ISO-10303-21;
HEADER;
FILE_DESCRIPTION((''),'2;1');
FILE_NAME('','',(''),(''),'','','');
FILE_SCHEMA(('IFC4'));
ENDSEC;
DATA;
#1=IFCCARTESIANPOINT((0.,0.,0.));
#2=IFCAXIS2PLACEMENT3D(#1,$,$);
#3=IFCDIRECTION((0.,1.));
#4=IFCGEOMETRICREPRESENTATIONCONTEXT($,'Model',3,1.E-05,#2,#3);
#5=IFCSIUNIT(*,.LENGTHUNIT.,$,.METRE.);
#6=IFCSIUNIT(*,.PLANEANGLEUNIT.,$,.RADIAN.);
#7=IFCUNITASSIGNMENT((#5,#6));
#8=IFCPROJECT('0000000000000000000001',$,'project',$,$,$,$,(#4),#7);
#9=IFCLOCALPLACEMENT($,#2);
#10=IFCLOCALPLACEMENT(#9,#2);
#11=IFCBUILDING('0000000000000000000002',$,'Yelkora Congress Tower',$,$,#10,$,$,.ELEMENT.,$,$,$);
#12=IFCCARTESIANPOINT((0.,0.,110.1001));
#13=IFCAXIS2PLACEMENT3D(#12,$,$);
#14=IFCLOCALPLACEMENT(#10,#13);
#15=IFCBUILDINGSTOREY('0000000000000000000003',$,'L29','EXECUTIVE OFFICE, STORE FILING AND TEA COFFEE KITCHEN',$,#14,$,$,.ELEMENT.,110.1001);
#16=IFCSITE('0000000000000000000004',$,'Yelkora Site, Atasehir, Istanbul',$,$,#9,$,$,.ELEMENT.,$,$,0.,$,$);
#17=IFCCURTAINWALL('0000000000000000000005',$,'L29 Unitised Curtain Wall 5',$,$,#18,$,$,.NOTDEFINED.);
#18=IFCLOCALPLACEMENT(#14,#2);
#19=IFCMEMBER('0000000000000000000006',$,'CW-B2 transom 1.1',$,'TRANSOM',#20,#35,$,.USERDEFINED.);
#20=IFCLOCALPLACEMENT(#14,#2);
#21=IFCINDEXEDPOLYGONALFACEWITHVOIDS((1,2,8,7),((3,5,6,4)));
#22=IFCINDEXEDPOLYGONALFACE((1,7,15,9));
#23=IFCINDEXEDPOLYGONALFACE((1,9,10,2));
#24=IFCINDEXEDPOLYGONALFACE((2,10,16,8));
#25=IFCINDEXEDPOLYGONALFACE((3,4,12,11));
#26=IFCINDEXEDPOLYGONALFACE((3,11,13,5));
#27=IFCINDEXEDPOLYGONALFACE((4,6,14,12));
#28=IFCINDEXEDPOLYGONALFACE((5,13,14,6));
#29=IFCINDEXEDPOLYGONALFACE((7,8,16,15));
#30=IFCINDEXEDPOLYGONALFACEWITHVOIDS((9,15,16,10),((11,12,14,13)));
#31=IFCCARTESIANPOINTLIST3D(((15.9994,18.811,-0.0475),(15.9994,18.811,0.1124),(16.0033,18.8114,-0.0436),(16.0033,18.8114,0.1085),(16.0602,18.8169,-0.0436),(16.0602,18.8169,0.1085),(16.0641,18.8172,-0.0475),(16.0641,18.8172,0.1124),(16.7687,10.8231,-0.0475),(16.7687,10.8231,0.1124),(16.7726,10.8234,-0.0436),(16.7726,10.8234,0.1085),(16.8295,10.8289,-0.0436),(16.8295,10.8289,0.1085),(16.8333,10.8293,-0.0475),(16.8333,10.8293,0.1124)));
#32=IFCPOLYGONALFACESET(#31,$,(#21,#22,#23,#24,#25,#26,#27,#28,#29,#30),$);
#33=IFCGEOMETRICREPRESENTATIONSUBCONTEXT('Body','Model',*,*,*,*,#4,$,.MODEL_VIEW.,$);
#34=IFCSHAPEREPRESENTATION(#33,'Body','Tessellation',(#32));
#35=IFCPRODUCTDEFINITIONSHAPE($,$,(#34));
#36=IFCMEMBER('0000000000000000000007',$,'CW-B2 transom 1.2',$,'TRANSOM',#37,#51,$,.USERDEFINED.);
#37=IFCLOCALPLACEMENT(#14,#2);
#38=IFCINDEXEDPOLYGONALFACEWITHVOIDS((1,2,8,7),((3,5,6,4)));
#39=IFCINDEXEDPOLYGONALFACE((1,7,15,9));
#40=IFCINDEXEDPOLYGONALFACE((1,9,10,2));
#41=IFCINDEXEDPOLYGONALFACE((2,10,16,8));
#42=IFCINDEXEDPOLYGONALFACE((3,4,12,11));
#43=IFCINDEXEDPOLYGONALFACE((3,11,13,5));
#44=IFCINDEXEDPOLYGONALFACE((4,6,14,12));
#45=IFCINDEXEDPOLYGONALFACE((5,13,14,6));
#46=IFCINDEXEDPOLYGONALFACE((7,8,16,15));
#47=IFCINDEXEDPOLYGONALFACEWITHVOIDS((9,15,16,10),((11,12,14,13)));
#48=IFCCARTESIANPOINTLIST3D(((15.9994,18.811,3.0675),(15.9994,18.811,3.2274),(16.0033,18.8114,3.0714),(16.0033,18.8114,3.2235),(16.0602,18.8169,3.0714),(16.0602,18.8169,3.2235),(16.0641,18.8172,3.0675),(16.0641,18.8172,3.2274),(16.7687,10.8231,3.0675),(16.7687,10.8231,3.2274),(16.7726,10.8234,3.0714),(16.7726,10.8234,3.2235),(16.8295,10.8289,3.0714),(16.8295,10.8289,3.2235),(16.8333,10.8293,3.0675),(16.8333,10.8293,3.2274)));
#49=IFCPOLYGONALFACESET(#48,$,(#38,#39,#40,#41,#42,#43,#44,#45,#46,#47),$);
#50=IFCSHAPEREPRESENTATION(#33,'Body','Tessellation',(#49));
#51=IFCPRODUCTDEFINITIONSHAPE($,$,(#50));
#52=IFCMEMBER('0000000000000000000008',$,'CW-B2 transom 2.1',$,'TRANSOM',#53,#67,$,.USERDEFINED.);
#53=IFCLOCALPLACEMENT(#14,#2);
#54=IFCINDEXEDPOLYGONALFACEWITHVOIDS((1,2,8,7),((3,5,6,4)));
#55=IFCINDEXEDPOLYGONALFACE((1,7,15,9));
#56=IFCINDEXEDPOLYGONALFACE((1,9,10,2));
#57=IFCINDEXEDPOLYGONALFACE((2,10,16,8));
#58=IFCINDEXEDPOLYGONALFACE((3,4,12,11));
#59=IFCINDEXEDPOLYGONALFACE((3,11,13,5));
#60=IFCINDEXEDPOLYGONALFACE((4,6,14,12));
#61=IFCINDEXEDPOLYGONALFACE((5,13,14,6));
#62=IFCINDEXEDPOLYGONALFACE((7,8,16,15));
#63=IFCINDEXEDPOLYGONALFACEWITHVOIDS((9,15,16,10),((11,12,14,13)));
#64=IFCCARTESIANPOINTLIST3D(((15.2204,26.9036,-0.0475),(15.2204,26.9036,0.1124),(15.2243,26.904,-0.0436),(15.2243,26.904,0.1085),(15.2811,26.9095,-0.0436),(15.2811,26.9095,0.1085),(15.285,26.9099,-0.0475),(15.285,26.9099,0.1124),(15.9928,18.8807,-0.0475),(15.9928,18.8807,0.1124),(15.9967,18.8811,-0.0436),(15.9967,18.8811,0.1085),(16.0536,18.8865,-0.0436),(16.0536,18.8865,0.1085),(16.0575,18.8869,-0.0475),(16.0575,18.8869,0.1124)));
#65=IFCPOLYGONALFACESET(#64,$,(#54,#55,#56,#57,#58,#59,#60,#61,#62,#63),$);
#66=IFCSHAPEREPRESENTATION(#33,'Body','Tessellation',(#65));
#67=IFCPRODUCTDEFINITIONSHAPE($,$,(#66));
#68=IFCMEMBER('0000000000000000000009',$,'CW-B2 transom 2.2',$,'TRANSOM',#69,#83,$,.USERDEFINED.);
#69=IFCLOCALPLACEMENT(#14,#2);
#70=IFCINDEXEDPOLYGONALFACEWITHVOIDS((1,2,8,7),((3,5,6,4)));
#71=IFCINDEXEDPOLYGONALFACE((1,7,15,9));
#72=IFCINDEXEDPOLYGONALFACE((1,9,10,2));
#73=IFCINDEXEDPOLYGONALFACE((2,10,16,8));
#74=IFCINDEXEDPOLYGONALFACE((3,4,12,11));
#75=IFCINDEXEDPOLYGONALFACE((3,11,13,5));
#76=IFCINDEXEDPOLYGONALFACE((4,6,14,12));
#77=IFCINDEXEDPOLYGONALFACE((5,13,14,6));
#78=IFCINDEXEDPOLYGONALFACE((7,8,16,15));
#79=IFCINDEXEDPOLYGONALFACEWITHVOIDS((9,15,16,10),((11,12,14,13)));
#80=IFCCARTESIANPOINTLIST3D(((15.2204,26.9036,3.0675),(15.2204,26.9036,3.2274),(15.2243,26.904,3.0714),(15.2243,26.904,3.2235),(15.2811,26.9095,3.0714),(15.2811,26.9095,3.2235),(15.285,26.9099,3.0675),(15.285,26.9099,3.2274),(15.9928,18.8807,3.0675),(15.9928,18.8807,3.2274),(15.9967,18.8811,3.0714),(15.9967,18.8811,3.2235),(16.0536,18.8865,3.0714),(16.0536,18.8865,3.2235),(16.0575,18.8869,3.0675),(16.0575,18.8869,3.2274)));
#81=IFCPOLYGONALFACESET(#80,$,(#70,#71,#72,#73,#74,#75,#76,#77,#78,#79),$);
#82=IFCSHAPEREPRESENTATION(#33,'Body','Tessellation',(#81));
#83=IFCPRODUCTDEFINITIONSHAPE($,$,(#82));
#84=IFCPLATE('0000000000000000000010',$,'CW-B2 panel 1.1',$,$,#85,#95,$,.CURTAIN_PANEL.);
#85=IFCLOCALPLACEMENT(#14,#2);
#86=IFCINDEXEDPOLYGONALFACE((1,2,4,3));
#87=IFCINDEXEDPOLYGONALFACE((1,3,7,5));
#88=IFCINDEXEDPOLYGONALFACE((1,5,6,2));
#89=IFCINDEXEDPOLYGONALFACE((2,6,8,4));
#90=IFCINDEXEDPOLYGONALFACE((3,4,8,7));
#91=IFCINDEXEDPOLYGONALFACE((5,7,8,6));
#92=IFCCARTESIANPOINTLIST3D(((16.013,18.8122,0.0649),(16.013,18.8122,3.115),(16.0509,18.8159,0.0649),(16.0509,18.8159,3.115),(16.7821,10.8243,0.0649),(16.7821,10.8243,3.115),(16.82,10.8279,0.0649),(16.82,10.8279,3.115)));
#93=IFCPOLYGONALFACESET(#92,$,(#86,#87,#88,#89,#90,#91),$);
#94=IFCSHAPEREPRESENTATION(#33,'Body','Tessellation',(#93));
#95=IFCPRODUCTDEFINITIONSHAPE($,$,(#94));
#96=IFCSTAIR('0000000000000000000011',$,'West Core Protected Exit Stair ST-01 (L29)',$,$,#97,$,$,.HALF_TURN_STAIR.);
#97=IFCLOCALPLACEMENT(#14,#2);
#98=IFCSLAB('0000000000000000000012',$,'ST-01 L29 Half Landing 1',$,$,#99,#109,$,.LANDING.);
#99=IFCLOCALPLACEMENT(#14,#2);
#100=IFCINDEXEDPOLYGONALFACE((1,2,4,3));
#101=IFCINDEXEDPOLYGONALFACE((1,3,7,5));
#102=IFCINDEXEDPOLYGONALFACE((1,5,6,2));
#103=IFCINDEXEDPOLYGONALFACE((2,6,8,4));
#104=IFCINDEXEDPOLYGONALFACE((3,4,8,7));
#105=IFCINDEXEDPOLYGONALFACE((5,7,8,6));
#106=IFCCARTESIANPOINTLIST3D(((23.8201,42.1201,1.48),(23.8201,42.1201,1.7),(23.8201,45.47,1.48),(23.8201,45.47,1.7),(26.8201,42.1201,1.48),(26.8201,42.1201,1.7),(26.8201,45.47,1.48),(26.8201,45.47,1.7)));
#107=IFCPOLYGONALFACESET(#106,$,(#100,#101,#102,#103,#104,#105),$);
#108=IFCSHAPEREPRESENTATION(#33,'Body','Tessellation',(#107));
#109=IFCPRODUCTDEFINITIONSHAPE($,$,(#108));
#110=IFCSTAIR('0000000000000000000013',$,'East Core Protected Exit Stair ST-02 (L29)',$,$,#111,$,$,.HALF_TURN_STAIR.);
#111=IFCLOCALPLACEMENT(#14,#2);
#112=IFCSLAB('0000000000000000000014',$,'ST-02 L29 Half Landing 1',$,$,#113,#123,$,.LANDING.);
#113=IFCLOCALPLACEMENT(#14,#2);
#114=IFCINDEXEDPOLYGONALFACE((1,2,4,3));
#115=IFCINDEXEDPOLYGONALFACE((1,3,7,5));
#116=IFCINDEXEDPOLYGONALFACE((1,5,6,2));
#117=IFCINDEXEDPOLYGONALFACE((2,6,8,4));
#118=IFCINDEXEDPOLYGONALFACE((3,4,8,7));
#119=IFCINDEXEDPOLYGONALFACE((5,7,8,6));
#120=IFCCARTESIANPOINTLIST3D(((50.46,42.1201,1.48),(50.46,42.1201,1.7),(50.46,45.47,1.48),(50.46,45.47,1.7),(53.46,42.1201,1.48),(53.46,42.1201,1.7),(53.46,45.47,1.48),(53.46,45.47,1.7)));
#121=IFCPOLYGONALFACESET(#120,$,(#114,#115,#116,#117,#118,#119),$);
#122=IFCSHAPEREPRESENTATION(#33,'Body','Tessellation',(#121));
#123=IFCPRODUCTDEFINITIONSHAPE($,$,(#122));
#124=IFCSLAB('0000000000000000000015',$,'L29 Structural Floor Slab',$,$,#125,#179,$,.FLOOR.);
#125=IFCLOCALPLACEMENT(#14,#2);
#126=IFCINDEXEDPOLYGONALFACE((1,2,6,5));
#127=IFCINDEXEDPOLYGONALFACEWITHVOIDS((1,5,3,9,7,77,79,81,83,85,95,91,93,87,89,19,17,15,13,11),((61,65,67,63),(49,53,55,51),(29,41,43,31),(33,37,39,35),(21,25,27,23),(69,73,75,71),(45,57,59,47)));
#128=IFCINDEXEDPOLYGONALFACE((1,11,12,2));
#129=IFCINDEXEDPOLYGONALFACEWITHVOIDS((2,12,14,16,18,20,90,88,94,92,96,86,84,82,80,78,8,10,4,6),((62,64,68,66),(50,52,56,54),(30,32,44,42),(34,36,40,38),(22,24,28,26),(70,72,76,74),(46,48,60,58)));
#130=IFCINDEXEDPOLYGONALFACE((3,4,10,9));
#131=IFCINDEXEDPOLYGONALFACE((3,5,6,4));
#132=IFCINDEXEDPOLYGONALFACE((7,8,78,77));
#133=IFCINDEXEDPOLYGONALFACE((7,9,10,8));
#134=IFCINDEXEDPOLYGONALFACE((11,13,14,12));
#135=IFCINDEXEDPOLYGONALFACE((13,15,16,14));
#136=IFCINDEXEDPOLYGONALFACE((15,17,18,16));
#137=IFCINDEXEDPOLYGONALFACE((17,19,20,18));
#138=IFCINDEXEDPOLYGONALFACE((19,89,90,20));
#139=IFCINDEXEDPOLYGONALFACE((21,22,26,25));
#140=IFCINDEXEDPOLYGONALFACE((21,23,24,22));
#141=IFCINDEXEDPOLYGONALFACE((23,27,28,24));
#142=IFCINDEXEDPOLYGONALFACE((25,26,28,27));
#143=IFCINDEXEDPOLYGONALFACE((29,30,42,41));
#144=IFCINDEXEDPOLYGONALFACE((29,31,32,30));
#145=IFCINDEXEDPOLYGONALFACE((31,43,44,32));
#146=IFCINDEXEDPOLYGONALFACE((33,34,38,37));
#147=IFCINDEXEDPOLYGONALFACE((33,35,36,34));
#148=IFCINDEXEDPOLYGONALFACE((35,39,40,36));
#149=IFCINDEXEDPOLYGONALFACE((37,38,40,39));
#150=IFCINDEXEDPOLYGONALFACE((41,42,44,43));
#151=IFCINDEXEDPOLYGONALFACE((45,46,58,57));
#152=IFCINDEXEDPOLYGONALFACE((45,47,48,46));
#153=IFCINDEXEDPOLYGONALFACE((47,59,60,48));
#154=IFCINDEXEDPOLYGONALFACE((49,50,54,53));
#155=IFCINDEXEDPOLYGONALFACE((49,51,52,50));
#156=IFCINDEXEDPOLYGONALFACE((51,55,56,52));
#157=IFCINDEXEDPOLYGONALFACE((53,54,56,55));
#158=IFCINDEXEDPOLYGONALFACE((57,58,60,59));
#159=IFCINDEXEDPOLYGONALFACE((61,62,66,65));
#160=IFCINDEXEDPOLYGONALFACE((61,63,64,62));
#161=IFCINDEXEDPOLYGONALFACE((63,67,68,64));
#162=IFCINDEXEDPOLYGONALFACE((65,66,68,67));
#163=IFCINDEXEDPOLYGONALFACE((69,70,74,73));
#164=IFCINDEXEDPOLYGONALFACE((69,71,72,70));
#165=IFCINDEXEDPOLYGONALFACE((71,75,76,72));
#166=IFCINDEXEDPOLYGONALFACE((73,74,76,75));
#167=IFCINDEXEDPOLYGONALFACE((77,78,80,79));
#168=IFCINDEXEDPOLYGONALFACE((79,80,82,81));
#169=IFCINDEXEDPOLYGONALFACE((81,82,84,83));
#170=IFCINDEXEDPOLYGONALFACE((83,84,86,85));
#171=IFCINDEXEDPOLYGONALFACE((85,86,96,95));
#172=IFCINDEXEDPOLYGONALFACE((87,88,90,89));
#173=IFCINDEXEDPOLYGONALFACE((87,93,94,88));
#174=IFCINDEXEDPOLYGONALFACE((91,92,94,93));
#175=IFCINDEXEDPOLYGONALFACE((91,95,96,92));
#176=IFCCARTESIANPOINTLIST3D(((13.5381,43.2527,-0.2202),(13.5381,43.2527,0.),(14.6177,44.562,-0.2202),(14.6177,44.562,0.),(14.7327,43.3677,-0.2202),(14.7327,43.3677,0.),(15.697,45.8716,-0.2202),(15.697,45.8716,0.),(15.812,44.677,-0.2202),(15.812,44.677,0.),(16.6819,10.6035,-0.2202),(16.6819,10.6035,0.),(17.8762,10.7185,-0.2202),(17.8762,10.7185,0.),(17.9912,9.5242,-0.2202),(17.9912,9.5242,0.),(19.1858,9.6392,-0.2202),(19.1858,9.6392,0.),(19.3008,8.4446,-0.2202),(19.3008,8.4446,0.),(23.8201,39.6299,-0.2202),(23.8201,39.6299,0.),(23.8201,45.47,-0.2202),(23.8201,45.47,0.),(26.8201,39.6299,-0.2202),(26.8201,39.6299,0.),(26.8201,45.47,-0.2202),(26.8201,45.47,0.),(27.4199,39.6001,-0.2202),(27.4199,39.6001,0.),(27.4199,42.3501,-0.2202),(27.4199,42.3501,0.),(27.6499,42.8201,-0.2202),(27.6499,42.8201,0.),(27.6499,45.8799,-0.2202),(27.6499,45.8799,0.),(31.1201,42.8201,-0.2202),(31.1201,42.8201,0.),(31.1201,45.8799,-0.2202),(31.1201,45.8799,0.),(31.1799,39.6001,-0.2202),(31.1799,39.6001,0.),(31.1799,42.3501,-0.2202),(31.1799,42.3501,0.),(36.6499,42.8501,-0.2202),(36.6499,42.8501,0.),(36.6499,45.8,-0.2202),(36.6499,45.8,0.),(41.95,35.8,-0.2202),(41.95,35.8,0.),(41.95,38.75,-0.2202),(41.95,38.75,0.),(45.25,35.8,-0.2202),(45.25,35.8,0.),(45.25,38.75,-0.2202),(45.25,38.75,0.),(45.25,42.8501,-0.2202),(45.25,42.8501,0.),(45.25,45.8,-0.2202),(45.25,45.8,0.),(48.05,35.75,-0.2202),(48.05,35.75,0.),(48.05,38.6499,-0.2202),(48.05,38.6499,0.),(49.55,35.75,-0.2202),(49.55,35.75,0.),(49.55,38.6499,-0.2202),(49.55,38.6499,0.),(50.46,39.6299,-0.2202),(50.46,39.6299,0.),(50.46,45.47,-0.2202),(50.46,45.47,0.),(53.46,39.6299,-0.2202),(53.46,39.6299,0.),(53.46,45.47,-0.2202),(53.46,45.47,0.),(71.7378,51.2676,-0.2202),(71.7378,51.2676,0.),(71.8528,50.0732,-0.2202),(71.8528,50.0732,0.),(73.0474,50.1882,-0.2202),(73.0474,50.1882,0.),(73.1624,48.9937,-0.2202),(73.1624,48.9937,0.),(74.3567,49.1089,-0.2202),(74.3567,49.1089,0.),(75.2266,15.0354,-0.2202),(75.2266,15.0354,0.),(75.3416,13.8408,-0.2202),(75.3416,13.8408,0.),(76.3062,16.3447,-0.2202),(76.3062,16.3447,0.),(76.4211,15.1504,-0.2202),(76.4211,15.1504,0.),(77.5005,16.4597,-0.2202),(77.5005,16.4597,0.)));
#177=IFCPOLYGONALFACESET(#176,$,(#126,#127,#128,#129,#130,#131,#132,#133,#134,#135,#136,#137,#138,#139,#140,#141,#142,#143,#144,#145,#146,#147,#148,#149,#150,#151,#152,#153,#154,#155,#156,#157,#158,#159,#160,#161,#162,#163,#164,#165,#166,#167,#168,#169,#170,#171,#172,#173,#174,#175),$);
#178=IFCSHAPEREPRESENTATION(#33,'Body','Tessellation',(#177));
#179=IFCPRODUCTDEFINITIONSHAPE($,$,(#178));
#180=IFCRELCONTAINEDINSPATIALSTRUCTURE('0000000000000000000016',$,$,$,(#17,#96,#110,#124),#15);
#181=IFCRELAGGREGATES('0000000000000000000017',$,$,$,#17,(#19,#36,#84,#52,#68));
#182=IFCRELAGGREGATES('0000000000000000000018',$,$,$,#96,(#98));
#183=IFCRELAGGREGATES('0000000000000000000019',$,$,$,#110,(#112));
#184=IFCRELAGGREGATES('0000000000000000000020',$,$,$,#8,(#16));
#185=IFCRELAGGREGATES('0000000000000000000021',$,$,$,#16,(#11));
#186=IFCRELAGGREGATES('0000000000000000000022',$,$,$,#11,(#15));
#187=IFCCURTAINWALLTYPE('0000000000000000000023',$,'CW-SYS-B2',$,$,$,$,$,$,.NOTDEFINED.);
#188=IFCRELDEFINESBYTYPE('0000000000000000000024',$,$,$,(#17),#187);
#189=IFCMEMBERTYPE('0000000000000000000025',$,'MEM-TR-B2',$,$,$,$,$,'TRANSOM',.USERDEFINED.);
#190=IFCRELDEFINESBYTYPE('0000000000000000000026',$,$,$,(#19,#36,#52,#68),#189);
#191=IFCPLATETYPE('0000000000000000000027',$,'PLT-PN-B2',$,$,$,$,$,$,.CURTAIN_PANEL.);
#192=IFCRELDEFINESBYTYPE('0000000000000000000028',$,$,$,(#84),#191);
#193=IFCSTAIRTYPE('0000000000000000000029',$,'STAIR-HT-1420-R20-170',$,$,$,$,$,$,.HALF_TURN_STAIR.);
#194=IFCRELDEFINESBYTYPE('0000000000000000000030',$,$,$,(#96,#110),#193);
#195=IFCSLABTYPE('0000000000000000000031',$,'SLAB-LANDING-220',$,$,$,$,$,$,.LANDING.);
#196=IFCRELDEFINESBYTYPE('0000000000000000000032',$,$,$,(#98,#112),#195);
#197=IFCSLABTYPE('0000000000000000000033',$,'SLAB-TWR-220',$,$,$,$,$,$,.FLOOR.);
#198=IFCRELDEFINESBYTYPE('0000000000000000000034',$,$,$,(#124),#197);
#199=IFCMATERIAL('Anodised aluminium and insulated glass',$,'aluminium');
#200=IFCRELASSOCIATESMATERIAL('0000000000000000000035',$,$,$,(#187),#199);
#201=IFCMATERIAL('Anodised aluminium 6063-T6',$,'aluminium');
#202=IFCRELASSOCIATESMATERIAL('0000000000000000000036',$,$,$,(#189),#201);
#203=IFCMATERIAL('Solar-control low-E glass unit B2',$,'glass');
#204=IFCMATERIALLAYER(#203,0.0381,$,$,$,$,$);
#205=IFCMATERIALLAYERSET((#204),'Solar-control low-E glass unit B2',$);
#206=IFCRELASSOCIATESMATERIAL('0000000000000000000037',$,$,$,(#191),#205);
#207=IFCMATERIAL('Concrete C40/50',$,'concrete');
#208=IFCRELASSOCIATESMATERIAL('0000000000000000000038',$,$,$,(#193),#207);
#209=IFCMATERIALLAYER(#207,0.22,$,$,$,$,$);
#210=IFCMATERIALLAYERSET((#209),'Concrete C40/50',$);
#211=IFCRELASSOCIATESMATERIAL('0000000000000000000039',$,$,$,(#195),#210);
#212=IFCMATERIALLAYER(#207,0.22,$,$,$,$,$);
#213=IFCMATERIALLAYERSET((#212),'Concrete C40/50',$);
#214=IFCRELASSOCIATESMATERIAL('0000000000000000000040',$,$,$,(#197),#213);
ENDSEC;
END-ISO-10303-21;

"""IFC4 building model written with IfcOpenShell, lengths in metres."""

from ifc_helpers import new_model, si_unit, direction, frame, origin, origin_2d, place, context, subcontext, project, spatial, polyline, rectangle, hollow_rectangle, outline, extrude, material, layer, layer_set, material_profile, profile_set, type_object, element, aggregate, save


model = new_model("IFC4")

# Units and contexts
model_context = context("Model", 3, precision=1e-05, world=origin(), true_north=direction((0.0, 1.0)))
body_context = subcontext(model_context, "Body", "Model", "MODEL_VIEW")
ifc_project = project(units=[si_unit("LENGTHUNIT", "METRE"), si_unit("PLANEANGLEUNIT", "RADIAN")], contexts=[model_context])

# Site, building, storey
site_placement = place(None, origin())
site = spatial("IfcSite", under=ifc_project, at=site_placement, Name="Yelkora Site, Atasehir, Istanbul", CompositionType="ELEMENT", RefElevation=0.0)
building_placement = place(site_placement, origin())
building = spatial("IfcBuilding", under=site, at=building_placement, Name="Yelkora Congress Tower", CompositionType="ELEMENT")
storey_placement = place(building_placement, frame((0.0, 0.0, 110.1001)))
storey = spatial("IfcBuildingStorey", under=building, at=storey_placement, Name="L29", Description="EXECUTIVE OFFICE, STORE FILING AND TEA COFFEE KITCHEN", CompositionType="ELEMENT", Elevation=110.1001)

# Curtain wall
ifc_material_1 = material(Name="Anodised aluminium and insulated glass", Category="aluminium")
curtain_wall_type = type_object("IfcCurtainWallType", Name="CW-SYS-B2", PredefinedType="NOTDEFINED", material=ifc_material_1)
curtain_wall_1_placement = place(storey_placement, origin())
curtain_wall_1 = element("IfcCurtainWall", 1, at=curtain_wall_1_placement, inside=storey, type_object=curtain_wall_type, Name="L29 Unitised Curtain Wall 5", PredefinedType="NOTDEFINED")
ifc_material_2 = material(Name="Anodised aluminium 6063-T6", Category="aluminium")

# Members
ifc_material_profile_1 = material_profile(ifc_material_2, hollow_rectangle(XDim=0.0649, YDim=0.1599, WallThickness=0.0039, at=origin_2d()), Name="ALU 65x160x4")
ifc_profile_set_1 = profile_set([ifc_material_profile_1], Name="Anodised aluminium 6063-T6")
member_type_1 = type_object("IfcMemberType", Name="MEM-TR-B2", ElementType="TRANSOM", PredefinedType="USERDEFINED", material=ifc_profile_set_1)
member_1_placement = place(storey_placement, frame((16.801, 10.8262, 0.0325), z_axis=(-0.095861, 0.995395, 0.0), x_axis=(-0.995395, -0.095861, 0.0)))
member_1 = element("IfcMember", 2, at=member_1_placement, type_object=member_type_1, Name="CW-B2 transom 1.1", ObjectType="TRANSOM", PredefinedType="USERDEFINED", context=body_context, shape_type="SweptSolid", body=[
    extrude(hollow_rectangle(XDim=0.0649, YDim=0.1599, WallThickness=0.0039, at=origin_2d()), origin(), (0.0, 0.0, 1.0), 8.0249),
])
member_2_placement = place(storey_placement, frame((16.801, 10.8262, 3.1475), z_axis=(-0.095861, 0.995395, 0.0), x_axis=(-0.995395, -0.095861, 0.0)))
member_2 = element("IfcMember", 3, at=member_2_placement, type_object=member_type_1, Name="CW-B2 transom 1.2", ObjectType="TRANSOM", PredefinedType="USERDEFINED", context=body_context, shape_type="SweptSolid", body=[
    extrude(hollow_rectangle(XDim=0.0649, YDim=0.1599, WallThickness=0.0039, at=origin_2d()), origin(), (0.0, 0.0, 1.0), 8.0249),
])
member_3_placement = place(storey_placement, frame((16.0251, 18.8838, 0.0325), z_axis=(-0.095838, 0.995397, 0.0), x_axis=(-0.995397, -0.095838, 0.0)))
member_3 = element("IfcMember", 4, at=member_3_placement, type_object=member_type_1, Name="CW-B2 transom 2.1", ObjectType="TRANSOM", PredefinedType="USERDEFINED", context=body_context, shape_type="SweptSolid", body=[
    extrude(hollow_rectangle(XDim=0.0649, YDim=0.1599, WallThickness=0.0039, at=origin_2d()), origin(), (0.0, 0.0, 1.0), 8.0601),
])
member_4_placement = place(storey_placement, frame((16.0251, 18.8838, 3.1475), z_axis=(-0.095838, 0.995397, 0.0), x_axis=(-0.995397, -0.095838, 0.0)))
member_4 = element("IfcMember", 5, at=member_4_placement, type_object=member_type_1, Name="CW-B2 transom 2.2", ObjectType="TRANSOM", PredefinedType="USERDEFINED", context=body_context, shape_type="SweptSolid", body=[
    extrude(hollow_rectangle(XDim=0.0649, YDim=0.1599, WallThickness=0.0039, at=origin_2d()), origin(), (0.0, 0.0, 1.0), 8.0601),
])

# Plate
ifc_material_3 = material(Name="Solar-control low-E glass unit B2", Category="glass")
ifc_layer_1 = layer(ifc_material_3, 0.0381)
ifc_layer_set_1 = layer_set([ifc_layer_1], Name="Solar-control low-E glass unit B2")
plate_type = type_object("IfcPlateType", Name="PLT-PN-B2", PredefinedType="CURTAIN_PANEL", material=ifc_layer_set_1)
plate_placement = place(storey_placement, frame((16.4165, 14.8201, 0.0649), z_axis=(0.0, 0.0, 1.0), x_axis=(-0.095843, 0.995397, 0.0)))
plate = element("IfcPlate", 6, at=plate_placement, type_object=plate_type, Name="CW-B2 panel 1.1", PredefinedType="CURTAIN_PANEL", context=body_context, shape_type="SweptSolid", body=[
    extrude(rectangle(XDim=8.0249, YDim=0.0381, at=origin_2d()), origin(), (0.0, 0.0, 1.0), 3.05),
])
aggregate(curtain_wall_1, [member_1, member_2, plate, member_3, member_4])

# Stairs, slabs
ifc_material_4 = material(Name="Concrete C40/50", Category="concrete")
stair_type = type_object("IfcStairType", Name="STAIR-HT-1420-R20-170", PredefinedType="HALF_TURN_STAIR", material=ifc_material_4)
stair_1_placement = place(storey_placement, origin())
stair_1 = element("IfcStair", 7, at=stair_1_placement, inside=storey, type_object=stair_type, Name="West Core Protected Exit Stair ST-01 (L29)", PredefinedType="HALF_TURN_STAIR")
ifc_layer_2 = layer(ifc_material_4, 0.22)
ifc_layer_set_2 = layer_set([ifc_layer_2], Name="Concrete C40/50")
slab_type_1 = type_object("IfcSlabType", Name="SLAB-LANDING-220", PredefinedType="LANDING", material=ifc_layer_set_2)
slab_1_placement = place(storey_placement, frame((0.0, 0.0, 1.48)))
slab_1 = element("IfcSlab", 8, at=slab_1_placement, type_object=slab_type_1, Name="ST-01 L29 Half Landing 1", PredefinedType="LANDING", context=body_context, shape_type="SweptSolid", body=[
    extrude(outline(polyline([(26.8201, 42.1201), (26.8201, 45.47), (23.8201, 45.47), (23.8201, 42.1201), (26.8201, 42.1201)])), origin(), (0.0, 0.0, 1.0), 0.22),
])
aggregate(stair_1, [slab_1])
stair_2_placement = place(storey_placement, origin())
stair_2 = element("IfcStair", 9, at=stair_2_placement, inside=storey, type_object=stair_type, Name="East Core Protected Exit Stair ST-02 (L29)", PredefinedType="HALF_TURN_STAIR")
slab_2_placement = place(storey_placement, frame((0.0, 0.0, 1.48)))
slab_2 = element("IfcSlab", 10, at=slab_2_placement, type_object=slab_type_1, Name="ST-02 L29 Half Landing 1", PredefinedType="LANDING", context=body_context, shape_type="SweptSolid", body=[
    extrude(outline(polyline([(53.46, 42.1201), (53.46, 45.47), (50.46, 45.47), (50.46, 42.1201), (53.46, 42.1201)])), origin(), (0.0, 0.0, 1.0), 0.22),
])
aggregate(stair_2, [slab_2])

# Slab
ifc_layer_3 = layer(ifc_material_4, 0.22)
ifc_layer_set_3 = layer_set([ifc_layer_3], Name="Concrete C40/50")
slab_type_2 = type_object("IfcSlabType", Name="SLAB-TWR-220", PredefinedType="FLOOR", material=ifc_layer_set_3)
slab_3_placement = place(storey_placement, frame((0.0, 0.0, -0.2202)))
element("IfcSlab", 11, at=slab_3_placement, inside=storey, type_object=slab_type_2, Name="L29 Structural Floor Slab", PredefinedType="FLOOR", context=body_context, shape_type="SweptSolid", body=[
    extrude(outline(polyline([(19.3008, 8.4446), (75.3416, 13.8408), (75.2266, 15.0354), (76.4211, 15.1504), (76.3062, 16.3447), (77.5005, 16.4597), (74.3567, 49.1089), (73.1624, 48.9937), (73.0474, 50.1882), (71.8528, 50.0732), (71.7378, 51.2676), (15.697, 45.8716), (15.812, 44.677), (14.6177, 44.562), (14.7327, 43.3677), (13.5381, 43.2527), (16.6819, 10.6035), (17.8762, 10.7185), (17.9912, 9.5242), (19.1858, 9.6392), (19.3008, 8.4446)]), holes=[polyline([(23.8201, 39.6299), (26.8201, 39.6299), (26.8201, 45.47), (23.8201, 45.47), (23.8201, 39.6299)]), polyline([(50.46, 39.6299), (53.46, 39.6299), (53.46, 45.47), (50.46, 45.47), (50.46, 39.6299)]), polyline([(48.05, 35.75), (49.55, 35.75), (49.55, 38.6499), (48.05, 38.6499), (48.05, 35.75)]), polyline([(36.6499, 42.8501), (45.25, 42.8501), (45.25, 45.8), (36.6499, 45.8), (36.6499, 42.8501)]), polyline([(41.95, 35.8), (45.25, 35.8), (45.25, 38.75), (41.95, 38.75), (41.95, 35.8)]), polyline([(27.4199, 39.6001), (31.1799, 39.6001), (31.1799, 42.3501), (27.4199, 42.3501), (27.4199, 39.6001)]), polyline([(27.6499, 42.8201), (31.1201, 42.8201), (31.1201, 45.8799), (27.6499, 45.8799), (27.6499, 42.8201)])]), origin(), (0.0, 0.0, 1.0), 0.2202),
])

save(model, "model.ifc")
